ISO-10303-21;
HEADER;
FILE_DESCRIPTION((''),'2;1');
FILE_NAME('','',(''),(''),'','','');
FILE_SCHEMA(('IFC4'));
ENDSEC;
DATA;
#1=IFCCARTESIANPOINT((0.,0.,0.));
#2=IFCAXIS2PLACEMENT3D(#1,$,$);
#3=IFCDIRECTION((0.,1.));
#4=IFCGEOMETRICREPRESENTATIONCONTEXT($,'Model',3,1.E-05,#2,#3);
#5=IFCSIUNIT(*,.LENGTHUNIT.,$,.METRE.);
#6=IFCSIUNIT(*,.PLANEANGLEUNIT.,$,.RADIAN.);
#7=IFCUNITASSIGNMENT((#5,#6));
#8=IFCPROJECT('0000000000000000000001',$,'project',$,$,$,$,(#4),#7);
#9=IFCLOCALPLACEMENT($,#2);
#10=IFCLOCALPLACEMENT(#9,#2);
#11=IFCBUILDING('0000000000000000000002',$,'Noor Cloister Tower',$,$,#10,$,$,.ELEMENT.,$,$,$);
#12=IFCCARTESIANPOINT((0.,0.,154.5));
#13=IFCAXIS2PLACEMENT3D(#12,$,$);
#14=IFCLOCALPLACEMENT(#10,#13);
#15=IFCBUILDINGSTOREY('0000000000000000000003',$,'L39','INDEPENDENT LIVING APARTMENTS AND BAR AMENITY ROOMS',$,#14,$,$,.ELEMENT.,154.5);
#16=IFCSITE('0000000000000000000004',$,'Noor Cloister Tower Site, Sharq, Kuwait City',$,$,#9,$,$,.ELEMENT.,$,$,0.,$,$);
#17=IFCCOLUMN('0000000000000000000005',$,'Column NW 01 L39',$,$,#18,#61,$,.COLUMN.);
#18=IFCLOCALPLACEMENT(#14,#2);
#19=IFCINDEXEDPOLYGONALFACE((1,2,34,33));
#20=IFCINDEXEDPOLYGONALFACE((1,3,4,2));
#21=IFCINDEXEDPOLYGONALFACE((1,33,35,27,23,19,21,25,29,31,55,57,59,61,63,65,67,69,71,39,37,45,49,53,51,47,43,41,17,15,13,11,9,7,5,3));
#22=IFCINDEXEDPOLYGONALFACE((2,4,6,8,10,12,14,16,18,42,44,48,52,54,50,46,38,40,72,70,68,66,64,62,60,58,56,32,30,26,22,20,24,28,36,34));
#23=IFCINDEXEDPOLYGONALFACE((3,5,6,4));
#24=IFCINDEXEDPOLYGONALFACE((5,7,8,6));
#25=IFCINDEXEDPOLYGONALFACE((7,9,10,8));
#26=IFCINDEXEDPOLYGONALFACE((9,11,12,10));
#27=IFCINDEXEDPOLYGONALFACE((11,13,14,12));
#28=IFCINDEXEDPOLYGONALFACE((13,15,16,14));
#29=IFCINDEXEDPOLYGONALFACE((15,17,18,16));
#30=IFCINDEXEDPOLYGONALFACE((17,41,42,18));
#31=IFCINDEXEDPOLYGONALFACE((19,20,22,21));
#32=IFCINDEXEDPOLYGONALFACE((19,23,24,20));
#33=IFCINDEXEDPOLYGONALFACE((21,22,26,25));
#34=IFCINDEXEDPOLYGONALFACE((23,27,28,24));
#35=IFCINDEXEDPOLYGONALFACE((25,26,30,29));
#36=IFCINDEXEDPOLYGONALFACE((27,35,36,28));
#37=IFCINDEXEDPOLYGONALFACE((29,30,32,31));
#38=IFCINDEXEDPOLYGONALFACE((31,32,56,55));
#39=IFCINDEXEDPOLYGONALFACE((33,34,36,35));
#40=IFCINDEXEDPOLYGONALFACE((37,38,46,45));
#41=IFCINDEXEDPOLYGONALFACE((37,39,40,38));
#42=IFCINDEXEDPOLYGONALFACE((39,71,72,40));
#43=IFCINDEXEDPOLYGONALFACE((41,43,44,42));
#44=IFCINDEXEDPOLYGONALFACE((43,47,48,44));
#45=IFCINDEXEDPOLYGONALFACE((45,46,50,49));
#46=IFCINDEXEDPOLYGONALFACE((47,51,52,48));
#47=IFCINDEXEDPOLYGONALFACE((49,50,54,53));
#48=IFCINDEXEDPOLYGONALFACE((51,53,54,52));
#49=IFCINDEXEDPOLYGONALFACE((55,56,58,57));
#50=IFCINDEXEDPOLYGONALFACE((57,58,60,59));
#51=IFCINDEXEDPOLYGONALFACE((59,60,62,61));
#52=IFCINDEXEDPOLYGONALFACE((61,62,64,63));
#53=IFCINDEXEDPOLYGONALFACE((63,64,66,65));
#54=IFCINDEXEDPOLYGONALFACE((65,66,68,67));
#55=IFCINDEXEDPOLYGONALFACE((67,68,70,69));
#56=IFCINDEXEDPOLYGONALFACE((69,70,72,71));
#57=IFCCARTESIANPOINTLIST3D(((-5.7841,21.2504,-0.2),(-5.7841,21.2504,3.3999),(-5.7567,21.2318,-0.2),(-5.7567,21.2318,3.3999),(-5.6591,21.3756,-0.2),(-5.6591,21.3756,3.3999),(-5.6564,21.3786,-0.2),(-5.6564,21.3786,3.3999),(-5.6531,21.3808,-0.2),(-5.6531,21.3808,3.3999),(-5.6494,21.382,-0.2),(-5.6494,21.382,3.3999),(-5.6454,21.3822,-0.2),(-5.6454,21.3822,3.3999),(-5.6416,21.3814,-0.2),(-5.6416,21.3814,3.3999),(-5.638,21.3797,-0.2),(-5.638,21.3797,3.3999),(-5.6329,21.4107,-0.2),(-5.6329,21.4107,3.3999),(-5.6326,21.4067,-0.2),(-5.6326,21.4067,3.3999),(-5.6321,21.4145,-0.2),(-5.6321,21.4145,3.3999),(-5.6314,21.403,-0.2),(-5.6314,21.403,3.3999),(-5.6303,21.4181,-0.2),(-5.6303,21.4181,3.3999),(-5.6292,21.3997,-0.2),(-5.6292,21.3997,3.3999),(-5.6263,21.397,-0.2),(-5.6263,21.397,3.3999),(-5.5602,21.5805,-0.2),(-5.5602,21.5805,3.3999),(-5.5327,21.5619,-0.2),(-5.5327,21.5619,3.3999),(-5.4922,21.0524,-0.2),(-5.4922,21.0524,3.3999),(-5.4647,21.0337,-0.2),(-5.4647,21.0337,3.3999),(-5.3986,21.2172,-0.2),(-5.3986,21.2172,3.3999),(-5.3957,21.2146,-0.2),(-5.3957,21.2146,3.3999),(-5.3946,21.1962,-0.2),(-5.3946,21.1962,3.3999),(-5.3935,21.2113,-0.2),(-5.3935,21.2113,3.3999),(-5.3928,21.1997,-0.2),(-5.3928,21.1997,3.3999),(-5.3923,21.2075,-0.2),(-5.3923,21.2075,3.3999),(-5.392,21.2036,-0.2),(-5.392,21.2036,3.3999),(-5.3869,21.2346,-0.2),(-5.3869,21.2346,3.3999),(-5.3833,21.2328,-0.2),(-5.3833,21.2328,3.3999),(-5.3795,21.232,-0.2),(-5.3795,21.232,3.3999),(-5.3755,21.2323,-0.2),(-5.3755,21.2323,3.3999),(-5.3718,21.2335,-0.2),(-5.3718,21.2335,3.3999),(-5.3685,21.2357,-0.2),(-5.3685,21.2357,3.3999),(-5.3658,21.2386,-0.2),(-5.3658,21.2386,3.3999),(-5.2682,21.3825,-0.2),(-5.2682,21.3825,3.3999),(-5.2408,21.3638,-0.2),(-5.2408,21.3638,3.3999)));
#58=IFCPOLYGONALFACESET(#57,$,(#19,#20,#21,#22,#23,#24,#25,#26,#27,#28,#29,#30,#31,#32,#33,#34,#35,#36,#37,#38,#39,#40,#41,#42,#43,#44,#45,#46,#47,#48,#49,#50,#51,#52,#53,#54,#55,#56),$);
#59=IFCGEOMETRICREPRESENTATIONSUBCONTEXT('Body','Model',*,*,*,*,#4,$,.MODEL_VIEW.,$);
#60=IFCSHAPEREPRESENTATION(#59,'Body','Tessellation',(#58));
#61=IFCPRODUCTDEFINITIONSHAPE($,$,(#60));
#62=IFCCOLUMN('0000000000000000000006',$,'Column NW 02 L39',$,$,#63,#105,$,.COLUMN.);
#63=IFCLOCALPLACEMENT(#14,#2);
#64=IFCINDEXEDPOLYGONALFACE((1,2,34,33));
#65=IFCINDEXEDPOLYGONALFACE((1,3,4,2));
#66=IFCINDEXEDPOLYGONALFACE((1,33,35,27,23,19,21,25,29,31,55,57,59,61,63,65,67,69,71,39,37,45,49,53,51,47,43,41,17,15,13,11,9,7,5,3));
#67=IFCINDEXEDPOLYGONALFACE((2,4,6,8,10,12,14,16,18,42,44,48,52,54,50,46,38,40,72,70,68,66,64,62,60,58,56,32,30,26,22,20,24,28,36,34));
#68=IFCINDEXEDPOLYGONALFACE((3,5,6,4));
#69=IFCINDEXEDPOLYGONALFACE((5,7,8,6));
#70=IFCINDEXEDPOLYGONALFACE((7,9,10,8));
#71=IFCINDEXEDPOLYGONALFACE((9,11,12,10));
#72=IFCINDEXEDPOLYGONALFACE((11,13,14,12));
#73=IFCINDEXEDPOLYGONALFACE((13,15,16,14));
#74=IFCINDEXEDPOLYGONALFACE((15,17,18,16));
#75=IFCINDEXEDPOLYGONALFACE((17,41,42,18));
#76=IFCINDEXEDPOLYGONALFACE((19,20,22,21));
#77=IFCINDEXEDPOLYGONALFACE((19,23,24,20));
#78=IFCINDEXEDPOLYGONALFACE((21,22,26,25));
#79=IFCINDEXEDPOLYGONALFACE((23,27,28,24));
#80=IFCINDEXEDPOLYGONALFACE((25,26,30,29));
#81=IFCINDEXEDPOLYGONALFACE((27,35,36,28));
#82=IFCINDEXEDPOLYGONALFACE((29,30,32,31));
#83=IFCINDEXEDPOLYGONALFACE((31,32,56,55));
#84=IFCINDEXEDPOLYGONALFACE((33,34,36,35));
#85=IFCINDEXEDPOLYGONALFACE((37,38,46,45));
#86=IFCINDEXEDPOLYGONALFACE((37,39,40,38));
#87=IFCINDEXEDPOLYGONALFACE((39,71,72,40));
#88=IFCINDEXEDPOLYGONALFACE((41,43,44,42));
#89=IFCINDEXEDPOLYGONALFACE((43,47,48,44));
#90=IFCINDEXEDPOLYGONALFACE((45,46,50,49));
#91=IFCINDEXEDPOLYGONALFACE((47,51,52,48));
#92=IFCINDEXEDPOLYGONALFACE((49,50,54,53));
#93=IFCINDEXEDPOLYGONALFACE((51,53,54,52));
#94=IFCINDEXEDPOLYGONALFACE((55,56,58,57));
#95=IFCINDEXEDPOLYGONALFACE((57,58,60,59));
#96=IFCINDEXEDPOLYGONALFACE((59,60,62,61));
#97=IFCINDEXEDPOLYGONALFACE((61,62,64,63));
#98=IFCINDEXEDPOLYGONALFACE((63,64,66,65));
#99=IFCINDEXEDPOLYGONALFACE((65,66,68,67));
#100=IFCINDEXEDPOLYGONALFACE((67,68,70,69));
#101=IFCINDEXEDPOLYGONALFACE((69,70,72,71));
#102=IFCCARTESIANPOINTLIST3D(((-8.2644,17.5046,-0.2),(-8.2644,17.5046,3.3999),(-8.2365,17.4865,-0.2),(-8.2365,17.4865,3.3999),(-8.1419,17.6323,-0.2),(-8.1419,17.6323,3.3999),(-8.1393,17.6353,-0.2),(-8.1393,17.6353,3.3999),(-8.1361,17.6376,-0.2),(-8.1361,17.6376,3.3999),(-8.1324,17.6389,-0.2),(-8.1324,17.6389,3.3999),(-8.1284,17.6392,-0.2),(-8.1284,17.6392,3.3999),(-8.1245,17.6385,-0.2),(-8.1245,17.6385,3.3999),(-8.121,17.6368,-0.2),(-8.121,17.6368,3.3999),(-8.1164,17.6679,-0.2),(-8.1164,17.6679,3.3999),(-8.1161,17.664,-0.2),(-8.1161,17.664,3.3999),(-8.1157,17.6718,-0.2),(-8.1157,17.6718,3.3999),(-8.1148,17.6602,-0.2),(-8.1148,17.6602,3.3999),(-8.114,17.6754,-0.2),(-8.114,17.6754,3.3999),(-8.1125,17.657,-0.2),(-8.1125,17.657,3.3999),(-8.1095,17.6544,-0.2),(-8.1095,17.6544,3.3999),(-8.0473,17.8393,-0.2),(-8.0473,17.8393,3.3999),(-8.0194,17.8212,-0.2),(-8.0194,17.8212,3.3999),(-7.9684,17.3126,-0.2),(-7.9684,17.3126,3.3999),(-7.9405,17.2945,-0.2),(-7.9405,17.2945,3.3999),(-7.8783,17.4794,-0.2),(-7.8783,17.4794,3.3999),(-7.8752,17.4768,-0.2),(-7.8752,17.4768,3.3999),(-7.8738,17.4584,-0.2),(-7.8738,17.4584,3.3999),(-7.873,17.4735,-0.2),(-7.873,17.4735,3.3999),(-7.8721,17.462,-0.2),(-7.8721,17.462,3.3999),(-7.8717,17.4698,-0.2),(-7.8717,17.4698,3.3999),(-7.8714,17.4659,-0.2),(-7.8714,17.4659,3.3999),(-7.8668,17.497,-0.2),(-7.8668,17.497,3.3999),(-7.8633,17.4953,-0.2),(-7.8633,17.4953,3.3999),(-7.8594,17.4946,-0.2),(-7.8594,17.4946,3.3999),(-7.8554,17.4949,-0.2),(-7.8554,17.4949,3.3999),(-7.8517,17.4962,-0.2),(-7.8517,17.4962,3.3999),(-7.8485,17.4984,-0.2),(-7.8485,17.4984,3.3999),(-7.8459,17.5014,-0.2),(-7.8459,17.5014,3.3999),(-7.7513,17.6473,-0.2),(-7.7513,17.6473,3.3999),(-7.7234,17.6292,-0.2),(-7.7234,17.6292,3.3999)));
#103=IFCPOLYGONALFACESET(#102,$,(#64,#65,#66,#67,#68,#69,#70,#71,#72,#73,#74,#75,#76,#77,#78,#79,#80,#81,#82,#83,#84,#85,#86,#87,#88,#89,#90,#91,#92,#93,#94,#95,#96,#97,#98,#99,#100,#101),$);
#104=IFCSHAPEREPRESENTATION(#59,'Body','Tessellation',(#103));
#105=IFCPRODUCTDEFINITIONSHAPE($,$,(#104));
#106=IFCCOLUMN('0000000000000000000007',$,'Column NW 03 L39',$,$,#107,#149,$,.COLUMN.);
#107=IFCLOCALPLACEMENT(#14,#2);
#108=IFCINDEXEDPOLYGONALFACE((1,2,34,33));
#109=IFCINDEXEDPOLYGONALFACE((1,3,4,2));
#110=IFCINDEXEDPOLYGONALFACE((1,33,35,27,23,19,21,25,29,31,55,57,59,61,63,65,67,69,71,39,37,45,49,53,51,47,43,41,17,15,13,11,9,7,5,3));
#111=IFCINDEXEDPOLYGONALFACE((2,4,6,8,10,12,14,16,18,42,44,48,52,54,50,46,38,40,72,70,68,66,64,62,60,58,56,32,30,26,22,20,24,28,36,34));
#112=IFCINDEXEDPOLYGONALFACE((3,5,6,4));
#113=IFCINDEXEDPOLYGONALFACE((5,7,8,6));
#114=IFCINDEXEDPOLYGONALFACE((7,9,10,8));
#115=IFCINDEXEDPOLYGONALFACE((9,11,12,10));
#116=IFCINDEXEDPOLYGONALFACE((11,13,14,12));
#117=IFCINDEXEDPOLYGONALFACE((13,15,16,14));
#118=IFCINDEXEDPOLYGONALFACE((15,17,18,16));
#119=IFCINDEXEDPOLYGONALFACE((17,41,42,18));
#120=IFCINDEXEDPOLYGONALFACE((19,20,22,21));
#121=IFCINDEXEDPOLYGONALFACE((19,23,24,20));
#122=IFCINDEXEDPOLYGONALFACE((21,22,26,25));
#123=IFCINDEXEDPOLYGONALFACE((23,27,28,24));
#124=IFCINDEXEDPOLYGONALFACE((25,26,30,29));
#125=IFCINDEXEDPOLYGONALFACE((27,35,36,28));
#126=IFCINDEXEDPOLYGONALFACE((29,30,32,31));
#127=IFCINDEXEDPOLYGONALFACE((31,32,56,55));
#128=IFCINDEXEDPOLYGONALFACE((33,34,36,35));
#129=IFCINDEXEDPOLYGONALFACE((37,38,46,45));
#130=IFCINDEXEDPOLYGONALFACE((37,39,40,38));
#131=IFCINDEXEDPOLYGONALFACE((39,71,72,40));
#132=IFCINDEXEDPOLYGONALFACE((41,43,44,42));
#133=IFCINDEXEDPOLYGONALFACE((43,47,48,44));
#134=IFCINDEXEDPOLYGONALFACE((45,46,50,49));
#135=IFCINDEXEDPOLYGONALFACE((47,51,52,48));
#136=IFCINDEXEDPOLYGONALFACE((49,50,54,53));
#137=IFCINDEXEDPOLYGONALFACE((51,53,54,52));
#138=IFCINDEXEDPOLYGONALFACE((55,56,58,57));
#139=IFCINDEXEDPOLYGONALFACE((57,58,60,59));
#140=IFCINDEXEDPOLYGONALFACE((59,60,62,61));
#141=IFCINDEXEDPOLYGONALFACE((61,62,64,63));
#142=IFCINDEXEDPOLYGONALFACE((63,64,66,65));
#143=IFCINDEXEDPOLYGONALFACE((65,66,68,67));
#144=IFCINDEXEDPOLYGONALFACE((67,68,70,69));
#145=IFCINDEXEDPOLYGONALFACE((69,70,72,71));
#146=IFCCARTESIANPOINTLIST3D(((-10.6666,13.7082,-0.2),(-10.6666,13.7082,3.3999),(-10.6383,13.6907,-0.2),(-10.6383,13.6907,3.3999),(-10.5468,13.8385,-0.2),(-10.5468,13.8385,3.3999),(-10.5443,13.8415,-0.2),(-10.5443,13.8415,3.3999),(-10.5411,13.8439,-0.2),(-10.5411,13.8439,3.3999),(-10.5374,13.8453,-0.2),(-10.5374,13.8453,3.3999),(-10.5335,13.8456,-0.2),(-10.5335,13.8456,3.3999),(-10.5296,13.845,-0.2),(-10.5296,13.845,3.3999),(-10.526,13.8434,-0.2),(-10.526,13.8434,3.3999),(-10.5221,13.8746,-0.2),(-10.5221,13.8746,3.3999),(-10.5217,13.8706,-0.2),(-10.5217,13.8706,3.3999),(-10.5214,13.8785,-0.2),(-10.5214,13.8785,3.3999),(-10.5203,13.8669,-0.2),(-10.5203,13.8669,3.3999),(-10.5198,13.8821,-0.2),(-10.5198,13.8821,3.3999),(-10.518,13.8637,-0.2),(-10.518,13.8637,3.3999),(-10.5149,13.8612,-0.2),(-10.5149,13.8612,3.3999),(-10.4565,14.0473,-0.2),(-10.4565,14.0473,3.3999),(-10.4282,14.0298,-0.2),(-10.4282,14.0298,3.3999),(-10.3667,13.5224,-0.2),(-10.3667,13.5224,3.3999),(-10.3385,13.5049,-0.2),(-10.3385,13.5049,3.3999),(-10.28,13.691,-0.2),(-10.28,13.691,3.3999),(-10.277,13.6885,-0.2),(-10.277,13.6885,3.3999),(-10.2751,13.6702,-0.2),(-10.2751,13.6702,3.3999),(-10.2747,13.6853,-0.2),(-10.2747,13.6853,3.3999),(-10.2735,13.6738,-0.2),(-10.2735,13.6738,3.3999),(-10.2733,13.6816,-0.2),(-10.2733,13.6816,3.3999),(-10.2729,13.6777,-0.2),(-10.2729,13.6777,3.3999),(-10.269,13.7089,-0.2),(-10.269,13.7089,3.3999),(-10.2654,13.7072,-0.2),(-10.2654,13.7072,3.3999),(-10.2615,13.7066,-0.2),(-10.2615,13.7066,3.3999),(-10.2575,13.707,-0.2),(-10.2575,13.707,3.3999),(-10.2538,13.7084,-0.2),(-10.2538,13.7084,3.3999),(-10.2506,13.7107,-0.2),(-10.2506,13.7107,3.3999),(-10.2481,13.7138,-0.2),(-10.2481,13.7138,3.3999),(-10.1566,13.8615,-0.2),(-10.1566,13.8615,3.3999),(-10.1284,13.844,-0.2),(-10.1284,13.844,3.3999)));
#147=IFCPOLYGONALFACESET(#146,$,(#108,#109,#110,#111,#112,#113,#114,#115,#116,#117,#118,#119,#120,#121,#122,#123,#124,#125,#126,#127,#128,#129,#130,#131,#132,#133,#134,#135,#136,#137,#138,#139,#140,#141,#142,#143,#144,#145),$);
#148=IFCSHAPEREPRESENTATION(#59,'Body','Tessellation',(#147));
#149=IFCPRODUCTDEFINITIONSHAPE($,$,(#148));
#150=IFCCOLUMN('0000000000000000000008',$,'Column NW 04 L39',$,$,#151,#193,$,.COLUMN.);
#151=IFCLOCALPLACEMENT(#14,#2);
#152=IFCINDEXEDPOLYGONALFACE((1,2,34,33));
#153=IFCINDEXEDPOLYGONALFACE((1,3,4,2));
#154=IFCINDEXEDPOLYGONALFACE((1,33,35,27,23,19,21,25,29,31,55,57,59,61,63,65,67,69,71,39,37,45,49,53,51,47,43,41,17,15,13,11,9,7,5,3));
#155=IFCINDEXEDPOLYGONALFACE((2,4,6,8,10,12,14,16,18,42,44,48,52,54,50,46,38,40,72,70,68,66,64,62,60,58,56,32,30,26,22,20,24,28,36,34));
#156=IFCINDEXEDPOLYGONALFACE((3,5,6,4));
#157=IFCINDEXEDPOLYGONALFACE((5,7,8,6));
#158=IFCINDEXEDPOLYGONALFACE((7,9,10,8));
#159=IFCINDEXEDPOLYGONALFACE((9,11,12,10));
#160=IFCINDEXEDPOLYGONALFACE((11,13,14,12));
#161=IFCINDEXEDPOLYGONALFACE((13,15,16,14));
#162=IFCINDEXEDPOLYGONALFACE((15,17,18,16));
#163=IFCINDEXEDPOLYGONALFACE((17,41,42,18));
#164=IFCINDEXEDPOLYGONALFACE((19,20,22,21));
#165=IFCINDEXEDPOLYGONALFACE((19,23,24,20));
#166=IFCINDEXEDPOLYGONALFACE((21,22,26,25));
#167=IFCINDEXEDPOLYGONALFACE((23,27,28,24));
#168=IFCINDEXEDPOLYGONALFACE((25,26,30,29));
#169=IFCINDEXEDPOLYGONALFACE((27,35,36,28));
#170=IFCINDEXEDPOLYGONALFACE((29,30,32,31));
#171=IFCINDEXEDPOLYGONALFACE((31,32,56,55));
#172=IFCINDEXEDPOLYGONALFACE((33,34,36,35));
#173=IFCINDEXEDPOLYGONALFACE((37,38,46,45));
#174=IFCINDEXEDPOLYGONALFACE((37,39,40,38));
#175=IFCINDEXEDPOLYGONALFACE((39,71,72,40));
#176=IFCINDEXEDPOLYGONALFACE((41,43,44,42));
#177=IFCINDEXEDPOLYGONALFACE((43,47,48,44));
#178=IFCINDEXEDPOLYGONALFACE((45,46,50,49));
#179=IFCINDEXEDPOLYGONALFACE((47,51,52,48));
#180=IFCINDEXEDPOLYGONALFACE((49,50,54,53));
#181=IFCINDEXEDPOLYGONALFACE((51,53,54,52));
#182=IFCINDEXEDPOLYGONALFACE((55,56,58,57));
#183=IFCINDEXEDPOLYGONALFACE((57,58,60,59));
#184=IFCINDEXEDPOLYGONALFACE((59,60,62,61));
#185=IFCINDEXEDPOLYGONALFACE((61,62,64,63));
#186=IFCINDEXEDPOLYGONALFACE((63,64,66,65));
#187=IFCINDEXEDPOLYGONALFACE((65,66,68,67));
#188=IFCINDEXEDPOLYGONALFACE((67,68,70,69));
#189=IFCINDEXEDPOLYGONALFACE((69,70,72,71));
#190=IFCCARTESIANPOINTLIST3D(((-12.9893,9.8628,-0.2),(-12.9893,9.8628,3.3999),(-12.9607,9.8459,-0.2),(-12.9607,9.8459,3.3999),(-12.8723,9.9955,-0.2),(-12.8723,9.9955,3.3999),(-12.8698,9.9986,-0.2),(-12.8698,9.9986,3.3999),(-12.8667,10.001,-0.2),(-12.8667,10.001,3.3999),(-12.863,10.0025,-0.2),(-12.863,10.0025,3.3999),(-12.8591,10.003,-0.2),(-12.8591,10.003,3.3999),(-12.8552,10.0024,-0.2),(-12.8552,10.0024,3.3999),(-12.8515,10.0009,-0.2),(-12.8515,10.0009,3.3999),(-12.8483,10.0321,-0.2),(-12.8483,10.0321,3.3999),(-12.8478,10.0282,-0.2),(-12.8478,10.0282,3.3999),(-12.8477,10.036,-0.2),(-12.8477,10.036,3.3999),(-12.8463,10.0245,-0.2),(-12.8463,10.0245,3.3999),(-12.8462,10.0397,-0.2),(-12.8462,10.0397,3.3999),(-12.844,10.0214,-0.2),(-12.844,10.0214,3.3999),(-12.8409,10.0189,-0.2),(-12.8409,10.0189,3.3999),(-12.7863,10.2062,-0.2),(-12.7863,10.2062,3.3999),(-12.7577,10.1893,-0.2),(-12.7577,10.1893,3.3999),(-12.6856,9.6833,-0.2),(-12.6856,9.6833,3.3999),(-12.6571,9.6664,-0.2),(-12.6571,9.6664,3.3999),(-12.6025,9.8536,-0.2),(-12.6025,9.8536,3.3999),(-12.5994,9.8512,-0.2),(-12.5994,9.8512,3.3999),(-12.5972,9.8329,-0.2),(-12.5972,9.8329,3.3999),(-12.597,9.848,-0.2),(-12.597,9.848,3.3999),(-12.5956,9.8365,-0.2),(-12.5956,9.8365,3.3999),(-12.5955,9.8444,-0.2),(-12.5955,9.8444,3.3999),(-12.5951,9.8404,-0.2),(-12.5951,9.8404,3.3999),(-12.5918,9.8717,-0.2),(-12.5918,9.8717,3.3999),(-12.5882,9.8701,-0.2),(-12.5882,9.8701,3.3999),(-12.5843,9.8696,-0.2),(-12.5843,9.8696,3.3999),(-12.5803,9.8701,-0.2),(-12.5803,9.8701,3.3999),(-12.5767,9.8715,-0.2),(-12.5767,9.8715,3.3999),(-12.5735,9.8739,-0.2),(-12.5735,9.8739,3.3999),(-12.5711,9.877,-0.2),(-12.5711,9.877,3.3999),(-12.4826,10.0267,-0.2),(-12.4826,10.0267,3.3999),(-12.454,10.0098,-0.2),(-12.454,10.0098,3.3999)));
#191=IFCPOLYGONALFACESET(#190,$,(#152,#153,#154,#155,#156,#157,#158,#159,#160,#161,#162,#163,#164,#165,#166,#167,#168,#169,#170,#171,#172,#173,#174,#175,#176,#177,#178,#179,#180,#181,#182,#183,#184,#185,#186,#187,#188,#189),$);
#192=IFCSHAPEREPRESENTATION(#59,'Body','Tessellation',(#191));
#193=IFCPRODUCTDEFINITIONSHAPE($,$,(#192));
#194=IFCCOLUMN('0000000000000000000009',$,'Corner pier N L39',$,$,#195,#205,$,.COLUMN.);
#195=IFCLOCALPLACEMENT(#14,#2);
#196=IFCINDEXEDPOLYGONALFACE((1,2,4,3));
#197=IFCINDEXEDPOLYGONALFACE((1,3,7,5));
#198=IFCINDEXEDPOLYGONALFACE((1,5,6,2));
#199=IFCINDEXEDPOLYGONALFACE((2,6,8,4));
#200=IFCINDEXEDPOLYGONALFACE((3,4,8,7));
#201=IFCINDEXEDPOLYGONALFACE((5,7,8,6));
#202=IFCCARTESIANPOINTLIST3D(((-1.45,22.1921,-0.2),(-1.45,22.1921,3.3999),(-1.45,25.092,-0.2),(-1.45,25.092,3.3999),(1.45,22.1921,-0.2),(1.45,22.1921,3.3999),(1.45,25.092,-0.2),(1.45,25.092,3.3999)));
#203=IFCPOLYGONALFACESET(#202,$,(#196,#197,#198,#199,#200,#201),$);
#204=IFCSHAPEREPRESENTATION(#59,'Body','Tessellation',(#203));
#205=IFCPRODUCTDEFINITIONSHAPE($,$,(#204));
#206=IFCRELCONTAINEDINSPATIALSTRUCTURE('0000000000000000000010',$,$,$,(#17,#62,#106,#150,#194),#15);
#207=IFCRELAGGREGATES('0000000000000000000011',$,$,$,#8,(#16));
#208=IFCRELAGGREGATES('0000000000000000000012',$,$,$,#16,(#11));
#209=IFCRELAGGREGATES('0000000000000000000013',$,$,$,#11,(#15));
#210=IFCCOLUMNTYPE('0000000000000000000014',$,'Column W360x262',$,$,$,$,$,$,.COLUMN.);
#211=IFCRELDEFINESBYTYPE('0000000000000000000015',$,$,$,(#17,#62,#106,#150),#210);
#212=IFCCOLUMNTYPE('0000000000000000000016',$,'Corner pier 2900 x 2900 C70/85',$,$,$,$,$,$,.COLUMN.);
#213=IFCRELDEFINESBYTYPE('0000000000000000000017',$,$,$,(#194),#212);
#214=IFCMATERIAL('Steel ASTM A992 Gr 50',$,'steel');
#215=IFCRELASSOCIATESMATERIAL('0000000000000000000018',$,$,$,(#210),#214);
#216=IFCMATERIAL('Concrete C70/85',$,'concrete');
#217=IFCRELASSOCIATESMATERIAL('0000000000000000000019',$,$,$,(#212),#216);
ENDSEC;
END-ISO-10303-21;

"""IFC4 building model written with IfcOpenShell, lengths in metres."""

from ifc_helpers import new_model, si_unit, direction, frame, origin, origin_2d, place, context, subcontext, project, spatial, rectangle, i_section, extrude, material, material_profile, profile_set, type_object, element, save


model = new_model("IFC4")

# Units and contexts
model_context = context("Model", 3, precision=1e-05, world=origin(), true_north=direction((0.0, 1.0)))
body_context = subcontext(model_context, "Body", "Model", "MODEL_VIEW")
ifc_project = project(units=[si_unit("LENGTHUNIT", "METRE"), si_unit("PLANEANGLEUNIT", "RADIAN")], contexts=[model_context])

# Site, building, storey
site_placement = place(None, origin())
site = spatial("IfcSite", under=ifc_project, at=site_placement, Name="Noor Cloister Tower Site, Sharq, Kuwait City", CompositionType="ELEMENT", RefElevation=0.0)
building_placement = place(site_placement, origin())
building = spatial("IfcBuilding", under=site, at=building_placement, Name="Noor Cloister Tower", CompositionType="ELEMENT")
storey_placement = place(building_placement, frame((0.0, 0.0, 154.5)))
storey = spatial("IfcBuildingStorey", under=building, at=storey_placement, Name="L39", Description="INDEPENDENT LIVING APARTMENTS AND BAR AMENITY ROOMS", CompositionType="ELEMENT", Elevation=154.5)

# Columns
ifc_material_1 = material(Name="Steel ASTM A992 Gr 50", Category="steel")
ifc_material_profile_1 = material_profile(ifc_material_1, i_section(OverallWidth=0.3989, OverallDepth=0.386, WebThickness=0.021, FlangeThickness=0.0332, FilletRadius=0.0151, at=origin_2d()), Name="W360x262")
ifc_profile_set_1 = profile_set([ifc_material_profile_1], Name="Steel ASTM A992 Gr 50")
column_type_1 = type_object("IfcColumnType", Name="Column W360x262", PredefinedType="COLUMN", material=ifc_profile_set_1)
for number, where, z_axis, x_axis, name in (
    (1, (-5.5125, 21.3071, -0.2), (0.0, 0.0, 1.0), (-0.56146, -0.827504, 0.0), "Column NW 01 L39"),
    (2, (-7.9939, 17.5669, -0.2), (0.0, 0.0, 1.0), (-0.544188, -0.838964, 0.0), "Column NW 02 L39"),
    (3, (-10.3975, 13.7761, -0.2), (0.0, 0.0, 1.0), (-0.526681, -0.850063, 0.0), "Column NW 03 L39"),
    (4, (-12.7217, 9.9363, -0.2), (0.0, 0.0, 1.0), (-0.508949, -0.860797, 0.0), "Column NW 04 L39"),
):
    element("IfcColumn", number, at=place(storey_placement, frame(where, z_axis=z_axis, x_axis=x_axis)), inside=storey, type_object=column_type_1, Name=name, PredefinedType="COLUMN", context=body_context, shape_type="SweptSolid", body=[
        extrude(i_section(OverallWidth=0.3989, OverallDepth=0.386, WebThickness=0.021, FlangeThickness=0.0332, FilletRadius=0.0151, at=origin_2d()), origin(), (0.0, 0.0, 1.0), 3.5999),
    ])
ifc_material_2 = material(Name="Concrete C70/85", Category="concrete")
ifc_material_profile_2 = material_profile(ifc_material_2, rectangle(XDim=2.8999, YDim=2.8999, at=origin_2d()), Name="RC 2900x2900")
ifc_profile_set_2 = profile_set([ifc_material_profile_2], Name="Concrete C70/85")
column_type_2 = type_object("IfcColumnType", Name="Corner pier 2900 x 2900 C70/85", PredefinedType="COLUMN", material=ifc_profile_set_2)
column_placement = place(storey_placement, frame((0.0, 23.6421, -0.2), z_axis=(0.0, 0.0, 1.0), x_axis=(0.0, 1.0, 0.0)))
element("IfcColumn", 5, at=column_placement, inside=storey, type_object=column_type_2, Name="Corner pier N L39", PredefinedType="COLUMN", context=body_context, shape_type="SweptSolid", body=[
    extrude(rectangle(XDim=2.8999, YDim=2.8999, at=origin_2d()), origin(), (0.0, 0.0, 1.0), 3.5999),
])

save(model, "model.ifc")
